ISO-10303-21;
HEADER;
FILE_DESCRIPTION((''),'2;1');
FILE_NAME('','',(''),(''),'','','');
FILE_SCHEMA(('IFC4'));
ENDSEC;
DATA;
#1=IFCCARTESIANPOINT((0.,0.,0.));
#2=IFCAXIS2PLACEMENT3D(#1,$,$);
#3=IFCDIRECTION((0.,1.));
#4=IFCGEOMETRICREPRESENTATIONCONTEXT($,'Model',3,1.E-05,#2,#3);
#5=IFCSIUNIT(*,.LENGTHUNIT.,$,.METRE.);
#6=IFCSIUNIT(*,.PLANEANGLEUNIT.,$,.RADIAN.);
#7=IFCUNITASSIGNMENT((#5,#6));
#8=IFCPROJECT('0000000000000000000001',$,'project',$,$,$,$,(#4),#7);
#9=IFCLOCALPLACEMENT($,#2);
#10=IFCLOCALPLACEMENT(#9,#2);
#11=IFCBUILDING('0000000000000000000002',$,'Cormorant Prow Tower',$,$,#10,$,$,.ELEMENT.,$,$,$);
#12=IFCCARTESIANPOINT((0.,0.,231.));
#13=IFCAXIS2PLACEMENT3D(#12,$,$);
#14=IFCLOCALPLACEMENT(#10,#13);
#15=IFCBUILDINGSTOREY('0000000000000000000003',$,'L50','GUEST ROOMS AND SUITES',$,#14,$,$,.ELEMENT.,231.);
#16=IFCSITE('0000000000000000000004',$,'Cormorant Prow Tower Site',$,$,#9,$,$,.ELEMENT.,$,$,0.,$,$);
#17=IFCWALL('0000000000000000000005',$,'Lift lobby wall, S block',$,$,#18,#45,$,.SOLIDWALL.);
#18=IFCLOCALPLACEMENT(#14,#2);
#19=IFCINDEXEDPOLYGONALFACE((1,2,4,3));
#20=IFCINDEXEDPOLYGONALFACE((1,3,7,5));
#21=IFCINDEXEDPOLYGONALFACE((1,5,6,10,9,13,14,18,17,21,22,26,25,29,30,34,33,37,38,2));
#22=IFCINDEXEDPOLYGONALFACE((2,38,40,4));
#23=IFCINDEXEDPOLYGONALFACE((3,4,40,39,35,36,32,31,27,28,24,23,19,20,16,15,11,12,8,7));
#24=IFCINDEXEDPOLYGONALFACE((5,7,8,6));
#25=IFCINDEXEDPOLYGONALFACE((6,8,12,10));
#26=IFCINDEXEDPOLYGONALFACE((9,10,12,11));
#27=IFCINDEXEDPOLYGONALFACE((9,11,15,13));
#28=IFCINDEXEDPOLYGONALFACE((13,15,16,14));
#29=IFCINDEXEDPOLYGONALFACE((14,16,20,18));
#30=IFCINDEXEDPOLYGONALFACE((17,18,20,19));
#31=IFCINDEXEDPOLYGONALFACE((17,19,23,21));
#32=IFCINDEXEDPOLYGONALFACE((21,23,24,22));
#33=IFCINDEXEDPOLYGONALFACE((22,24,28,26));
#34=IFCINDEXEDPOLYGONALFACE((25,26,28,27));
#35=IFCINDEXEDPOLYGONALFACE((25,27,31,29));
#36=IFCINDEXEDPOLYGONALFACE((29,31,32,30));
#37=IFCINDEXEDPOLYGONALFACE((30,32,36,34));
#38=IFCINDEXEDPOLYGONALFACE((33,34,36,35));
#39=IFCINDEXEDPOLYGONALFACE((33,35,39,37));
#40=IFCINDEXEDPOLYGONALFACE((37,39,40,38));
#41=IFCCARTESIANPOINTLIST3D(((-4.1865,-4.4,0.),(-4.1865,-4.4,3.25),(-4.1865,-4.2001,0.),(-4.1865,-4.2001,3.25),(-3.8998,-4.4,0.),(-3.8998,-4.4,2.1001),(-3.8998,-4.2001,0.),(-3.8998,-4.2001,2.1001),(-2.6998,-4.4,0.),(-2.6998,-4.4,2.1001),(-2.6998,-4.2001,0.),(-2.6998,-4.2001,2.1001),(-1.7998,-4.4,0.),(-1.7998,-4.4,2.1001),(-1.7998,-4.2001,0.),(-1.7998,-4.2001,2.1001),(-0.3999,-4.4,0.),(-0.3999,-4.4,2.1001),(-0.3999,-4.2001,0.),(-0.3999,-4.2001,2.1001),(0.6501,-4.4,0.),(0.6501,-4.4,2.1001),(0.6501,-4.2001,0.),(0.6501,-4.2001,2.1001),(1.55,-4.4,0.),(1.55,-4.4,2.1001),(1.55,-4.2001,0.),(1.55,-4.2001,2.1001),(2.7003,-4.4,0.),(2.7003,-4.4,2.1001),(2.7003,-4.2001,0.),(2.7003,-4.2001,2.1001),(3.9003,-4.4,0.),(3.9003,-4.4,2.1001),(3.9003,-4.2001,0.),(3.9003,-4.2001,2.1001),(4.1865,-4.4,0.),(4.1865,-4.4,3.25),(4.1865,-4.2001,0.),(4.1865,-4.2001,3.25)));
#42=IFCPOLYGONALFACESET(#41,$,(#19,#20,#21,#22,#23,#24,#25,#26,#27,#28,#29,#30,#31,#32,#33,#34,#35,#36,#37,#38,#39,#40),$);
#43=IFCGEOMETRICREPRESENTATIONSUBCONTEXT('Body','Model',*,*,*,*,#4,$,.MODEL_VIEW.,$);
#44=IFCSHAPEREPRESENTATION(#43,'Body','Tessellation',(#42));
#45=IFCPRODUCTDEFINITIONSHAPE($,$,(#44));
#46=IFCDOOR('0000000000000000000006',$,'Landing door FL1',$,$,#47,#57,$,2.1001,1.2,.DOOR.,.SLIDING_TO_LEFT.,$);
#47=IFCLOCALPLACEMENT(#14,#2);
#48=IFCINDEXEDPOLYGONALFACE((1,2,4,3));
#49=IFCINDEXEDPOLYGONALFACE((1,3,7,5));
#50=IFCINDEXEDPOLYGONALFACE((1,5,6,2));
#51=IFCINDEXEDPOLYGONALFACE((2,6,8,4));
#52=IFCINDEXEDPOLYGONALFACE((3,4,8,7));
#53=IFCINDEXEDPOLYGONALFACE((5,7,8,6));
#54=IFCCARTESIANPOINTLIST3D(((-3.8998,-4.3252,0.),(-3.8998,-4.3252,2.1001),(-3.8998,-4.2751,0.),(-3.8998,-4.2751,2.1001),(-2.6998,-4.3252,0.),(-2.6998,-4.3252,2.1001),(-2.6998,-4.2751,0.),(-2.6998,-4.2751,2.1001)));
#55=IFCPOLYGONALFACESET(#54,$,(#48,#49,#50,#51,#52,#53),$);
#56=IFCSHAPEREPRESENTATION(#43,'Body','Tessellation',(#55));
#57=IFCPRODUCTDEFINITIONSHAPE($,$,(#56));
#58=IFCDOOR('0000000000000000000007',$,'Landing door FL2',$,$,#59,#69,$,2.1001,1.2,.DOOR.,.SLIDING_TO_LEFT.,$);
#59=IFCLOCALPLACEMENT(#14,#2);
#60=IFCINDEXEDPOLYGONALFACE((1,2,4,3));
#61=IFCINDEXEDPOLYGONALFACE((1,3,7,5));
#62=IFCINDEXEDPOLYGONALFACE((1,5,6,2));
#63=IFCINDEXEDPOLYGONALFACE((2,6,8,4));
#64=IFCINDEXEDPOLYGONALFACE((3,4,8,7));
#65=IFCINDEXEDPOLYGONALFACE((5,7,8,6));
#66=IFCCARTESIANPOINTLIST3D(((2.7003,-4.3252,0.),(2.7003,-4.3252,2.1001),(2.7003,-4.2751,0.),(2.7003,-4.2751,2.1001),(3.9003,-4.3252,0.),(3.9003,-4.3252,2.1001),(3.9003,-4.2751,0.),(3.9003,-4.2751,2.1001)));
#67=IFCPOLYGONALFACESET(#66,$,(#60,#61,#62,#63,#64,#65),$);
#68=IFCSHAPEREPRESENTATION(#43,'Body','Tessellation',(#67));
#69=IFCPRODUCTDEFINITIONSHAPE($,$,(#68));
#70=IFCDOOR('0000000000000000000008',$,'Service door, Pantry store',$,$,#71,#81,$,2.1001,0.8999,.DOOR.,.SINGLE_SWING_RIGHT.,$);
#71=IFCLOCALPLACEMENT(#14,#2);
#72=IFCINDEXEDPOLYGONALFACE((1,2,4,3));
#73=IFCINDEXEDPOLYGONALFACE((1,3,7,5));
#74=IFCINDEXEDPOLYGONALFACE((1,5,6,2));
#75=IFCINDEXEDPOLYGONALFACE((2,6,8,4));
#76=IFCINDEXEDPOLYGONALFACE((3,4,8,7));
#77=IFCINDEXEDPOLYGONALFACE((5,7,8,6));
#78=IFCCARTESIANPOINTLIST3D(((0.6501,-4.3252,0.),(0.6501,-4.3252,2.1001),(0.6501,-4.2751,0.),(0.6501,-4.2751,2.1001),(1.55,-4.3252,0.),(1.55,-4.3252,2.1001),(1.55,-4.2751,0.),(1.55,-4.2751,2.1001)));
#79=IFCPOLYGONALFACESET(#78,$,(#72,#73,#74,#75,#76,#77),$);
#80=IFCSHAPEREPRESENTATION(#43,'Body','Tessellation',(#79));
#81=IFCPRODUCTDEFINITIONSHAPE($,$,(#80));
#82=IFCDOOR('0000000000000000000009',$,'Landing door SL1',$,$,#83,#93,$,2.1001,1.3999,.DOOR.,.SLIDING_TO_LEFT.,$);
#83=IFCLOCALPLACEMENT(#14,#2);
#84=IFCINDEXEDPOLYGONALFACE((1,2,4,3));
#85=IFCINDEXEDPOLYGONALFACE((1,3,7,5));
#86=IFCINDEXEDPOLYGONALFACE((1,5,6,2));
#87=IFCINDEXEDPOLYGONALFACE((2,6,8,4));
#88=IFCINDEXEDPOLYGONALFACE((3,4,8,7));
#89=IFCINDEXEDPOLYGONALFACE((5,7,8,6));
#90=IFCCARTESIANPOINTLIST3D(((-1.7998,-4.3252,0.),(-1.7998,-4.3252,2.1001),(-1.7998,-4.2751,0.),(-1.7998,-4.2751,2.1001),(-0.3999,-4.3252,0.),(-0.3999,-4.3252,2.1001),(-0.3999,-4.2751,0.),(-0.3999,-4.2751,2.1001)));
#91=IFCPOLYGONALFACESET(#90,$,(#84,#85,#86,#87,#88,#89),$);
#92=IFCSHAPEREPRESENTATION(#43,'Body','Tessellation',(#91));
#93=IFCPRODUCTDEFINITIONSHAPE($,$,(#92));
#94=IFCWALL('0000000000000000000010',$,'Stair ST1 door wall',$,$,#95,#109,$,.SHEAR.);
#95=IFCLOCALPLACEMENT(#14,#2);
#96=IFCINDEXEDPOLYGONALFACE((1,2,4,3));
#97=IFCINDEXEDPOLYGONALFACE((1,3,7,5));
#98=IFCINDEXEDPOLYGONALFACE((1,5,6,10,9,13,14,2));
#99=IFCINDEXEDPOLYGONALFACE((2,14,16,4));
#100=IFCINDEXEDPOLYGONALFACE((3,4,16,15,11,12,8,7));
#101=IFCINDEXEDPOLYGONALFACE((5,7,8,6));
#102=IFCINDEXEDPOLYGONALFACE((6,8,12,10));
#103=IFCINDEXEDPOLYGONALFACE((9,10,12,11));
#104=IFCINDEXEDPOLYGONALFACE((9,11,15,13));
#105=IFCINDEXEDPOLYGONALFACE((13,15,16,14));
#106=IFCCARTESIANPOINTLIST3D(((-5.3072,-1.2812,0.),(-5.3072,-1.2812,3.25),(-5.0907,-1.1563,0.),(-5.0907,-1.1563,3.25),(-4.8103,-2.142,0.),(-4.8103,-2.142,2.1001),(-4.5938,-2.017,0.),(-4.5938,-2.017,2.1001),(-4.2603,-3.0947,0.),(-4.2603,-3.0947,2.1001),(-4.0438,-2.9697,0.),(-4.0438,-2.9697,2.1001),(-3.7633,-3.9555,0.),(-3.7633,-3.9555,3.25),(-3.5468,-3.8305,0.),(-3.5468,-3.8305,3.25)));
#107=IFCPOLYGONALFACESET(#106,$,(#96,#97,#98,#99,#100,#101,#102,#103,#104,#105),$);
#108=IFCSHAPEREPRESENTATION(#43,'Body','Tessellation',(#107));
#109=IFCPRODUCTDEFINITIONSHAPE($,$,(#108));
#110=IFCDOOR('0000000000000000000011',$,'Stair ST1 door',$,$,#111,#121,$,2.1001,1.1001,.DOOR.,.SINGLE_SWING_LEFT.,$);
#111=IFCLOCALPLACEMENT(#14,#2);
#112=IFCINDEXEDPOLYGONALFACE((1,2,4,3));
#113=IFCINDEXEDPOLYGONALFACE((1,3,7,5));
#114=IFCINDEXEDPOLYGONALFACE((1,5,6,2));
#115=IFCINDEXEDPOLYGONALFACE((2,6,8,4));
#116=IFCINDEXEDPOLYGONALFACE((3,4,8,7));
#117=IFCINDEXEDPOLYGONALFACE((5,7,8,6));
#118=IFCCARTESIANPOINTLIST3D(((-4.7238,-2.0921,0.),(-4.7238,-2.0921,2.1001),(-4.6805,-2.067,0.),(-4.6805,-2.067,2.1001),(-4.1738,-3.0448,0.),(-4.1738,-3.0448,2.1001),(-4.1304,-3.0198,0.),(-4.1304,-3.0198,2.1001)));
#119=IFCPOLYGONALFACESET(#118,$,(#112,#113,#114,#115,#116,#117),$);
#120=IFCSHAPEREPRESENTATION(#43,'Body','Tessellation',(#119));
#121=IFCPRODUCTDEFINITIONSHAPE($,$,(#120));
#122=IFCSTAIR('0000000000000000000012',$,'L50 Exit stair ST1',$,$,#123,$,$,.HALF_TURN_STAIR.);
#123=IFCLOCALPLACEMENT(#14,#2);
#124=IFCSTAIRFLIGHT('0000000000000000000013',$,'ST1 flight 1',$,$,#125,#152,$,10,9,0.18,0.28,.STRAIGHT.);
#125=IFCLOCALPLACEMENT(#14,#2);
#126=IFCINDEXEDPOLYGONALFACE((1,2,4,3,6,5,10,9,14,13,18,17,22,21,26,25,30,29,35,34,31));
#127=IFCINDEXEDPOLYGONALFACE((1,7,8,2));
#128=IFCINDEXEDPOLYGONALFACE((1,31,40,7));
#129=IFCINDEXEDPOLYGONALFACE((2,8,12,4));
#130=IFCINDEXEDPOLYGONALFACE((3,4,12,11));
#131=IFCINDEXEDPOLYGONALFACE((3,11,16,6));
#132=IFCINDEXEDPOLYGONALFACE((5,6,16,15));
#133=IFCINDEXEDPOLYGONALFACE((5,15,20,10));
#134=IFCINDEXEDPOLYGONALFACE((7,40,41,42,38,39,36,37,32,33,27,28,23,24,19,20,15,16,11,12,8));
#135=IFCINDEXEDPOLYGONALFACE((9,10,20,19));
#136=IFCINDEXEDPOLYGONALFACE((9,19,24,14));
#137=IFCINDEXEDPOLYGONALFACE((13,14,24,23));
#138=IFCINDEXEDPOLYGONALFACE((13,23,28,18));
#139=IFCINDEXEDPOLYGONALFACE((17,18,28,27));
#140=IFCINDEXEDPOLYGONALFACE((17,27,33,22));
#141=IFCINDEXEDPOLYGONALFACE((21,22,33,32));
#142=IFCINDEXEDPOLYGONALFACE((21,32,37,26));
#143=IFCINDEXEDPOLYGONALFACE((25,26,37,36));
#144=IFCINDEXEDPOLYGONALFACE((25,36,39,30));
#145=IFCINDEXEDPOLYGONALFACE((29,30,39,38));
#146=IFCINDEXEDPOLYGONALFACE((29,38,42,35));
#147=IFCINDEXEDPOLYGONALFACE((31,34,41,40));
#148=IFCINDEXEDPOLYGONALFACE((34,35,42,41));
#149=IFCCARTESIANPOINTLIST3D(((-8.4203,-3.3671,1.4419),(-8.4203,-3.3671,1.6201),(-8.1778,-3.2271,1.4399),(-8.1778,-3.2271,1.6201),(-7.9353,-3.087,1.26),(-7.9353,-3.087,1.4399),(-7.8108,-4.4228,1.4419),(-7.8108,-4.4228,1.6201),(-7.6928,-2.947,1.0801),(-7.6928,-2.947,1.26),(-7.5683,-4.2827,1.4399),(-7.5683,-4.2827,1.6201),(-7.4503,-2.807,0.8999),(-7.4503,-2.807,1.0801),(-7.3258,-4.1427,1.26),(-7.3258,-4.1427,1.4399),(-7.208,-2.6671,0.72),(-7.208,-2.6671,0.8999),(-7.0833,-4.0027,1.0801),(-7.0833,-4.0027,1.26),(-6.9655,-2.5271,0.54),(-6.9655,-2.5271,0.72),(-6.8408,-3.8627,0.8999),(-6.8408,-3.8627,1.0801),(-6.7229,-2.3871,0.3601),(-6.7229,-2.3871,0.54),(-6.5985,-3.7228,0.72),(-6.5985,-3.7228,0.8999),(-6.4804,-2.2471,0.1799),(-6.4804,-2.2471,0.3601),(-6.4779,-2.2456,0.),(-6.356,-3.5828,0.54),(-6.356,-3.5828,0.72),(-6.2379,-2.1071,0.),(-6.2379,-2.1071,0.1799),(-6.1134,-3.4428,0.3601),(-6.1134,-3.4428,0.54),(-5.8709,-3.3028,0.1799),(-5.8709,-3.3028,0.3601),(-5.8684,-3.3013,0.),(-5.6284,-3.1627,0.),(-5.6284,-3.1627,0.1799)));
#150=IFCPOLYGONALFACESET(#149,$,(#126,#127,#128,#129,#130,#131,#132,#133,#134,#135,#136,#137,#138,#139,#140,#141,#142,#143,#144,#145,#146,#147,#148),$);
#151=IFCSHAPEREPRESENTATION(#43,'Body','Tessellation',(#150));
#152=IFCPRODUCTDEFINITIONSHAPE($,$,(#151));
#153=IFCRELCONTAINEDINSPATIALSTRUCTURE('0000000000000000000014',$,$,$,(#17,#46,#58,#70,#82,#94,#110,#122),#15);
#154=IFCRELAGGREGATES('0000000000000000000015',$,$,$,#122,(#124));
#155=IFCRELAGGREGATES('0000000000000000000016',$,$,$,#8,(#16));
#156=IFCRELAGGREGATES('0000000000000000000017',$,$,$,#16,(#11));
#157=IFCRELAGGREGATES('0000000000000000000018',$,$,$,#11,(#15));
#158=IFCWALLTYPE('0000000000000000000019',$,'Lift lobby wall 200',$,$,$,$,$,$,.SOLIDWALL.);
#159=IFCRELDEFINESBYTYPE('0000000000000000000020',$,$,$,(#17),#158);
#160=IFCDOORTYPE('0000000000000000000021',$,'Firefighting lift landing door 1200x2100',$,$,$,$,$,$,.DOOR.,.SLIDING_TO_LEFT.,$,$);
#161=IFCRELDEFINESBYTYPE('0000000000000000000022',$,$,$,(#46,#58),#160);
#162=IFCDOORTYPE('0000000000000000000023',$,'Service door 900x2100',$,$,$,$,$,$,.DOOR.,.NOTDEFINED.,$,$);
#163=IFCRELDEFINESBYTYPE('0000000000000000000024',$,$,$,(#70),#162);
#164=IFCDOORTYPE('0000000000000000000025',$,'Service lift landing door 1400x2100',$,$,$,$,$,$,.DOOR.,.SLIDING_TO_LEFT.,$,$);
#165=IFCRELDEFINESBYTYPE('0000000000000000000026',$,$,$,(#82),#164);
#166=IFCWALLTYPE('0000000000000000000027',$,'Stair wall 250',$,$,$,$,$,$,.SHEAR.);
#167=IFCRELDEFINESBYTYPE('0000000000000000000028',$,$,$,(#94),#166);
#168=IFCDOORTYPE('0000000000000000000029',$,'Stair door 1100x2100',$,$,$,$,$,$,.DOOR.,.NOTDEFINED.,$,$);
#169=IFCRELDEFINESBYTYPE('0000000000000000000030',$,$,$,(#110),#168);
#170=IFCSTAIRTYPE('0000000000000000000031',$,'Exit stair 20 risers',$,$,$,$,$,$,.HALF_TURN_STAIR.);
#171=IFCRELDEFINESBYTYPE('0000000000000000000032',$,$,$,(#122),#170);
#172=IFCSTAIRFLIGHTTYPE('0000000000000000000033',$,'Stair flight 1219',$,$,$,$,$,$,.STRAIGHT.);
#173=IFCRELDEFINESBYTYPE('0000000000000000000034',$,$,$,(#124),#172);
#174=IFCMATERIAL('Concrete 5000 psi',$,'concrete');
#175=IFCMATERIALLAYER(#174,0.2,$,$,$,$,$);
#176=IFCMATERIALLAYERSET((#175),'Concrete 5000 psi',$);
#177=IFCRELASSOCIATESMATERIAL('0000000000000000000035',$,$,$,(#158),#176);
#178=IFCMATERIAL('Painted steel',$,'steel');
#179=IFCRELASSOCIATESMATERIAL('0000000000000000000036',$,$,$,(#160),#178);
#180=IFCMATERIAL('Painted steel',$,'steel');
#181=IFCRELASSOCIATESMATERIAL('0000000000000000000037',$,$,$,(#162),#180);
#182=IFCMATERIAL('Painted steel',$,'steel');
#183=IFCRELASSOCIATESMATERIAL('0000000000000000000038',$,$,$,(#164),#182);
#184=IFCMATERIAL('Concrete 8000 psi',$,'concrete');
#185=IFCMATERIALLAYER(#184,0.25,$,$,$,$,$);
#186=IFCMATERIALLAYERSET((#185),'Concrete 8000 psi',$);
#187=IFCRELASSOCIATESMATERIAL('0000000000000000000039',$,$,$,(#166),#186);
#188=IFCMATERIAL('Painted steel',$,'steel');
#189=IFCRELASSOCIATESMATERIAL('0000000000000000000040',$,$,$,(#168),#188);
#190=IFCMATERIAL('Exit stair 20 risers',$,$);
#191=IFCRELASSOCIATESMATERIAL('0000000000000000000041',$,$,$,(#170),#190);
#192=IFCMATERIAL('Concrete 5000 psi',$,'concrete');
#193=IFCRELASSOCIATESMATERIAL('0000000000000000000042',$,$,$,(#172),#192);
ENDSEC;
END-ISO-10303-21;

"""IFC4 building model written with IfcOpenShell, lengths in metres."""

from ifc_helpers import new_model, si_unit, direction, frame, frame_2d, origin, place, context, subcontext, project, spatial, polyline, rectangle, outline, extrude, material, layer, layer_set, type_object, element, fill, aggregate, save


model = new_model("IFC4")

# Units and contexts
model_context = context("Model", 3, precision=1e-05, world=origin(), true_north=direction((0.0, 1.0)))
body_context = subcontext(model_context, "Body", "Model", "MODEL_VIEW")
ifc_project = project(units=[si_unit("LENGTHUNIT", "METRE"), si_unit("PLANEANGLEUNIT", "RADIAN")], contexts=[model_context])

# Site, building, storey
site_placement = place(None, origin())
site = spatial("IfcSite", under=ifc_project, at=site_placement, Name="Cormorant Prow Tower Site", CompositionType="ELEMENT", RefElevation=0.0)
building_placement = place(site_placement, origin())
building = spatial("IfcBuilding", under=site, at=building_placement, Name="Cormorant Prow Tower", CompositionType="ELEMENT")
storey_placement = place(building_placement, frame((0.0, 0.0, 231.0)))
storey = spatial("IfcBuildingStorey", under=building, at=storey_placement, Name="L50", Description="GUEST ROOMS AND SUITES", CompositionType="ELEMENT", Elevation=231.0)

# Wall, openings, doors
ifc_material_1 = material(Name="Concrete 5000 psi", Category="concrete")
ifc_layer_1 = layer(ifc_material_1, 0.2)
ifc_layer_set_1 = layer_set([ifc_layer_1], Name="Concrete 5000 psi")
wall_type_1 = type_object("IfcWallType", Name="Lift lobby wall 200", PredefinedType="SOLIDWALL", material=ifc_layer_set_1)
wall_1_placement = place(storey_placement, frame((-4.1865, -4.3, 0.0), z_axis=(0.0, 0.0, 1.0), x_axis=(1.0, 0.0, 0.0)))
wall_1 = element("IfcWall", 1, at=wall_1_placement, inside=storey, type_object=wall_type_1, Name="Lift lobby wall, S block", PredefinedType="SOLIDWALL", context=body_context, shape_type="SweptSolid", body=[
    extrude(rectangle(XDim=8.373, YDim=0.2, at=frame_2d((4.1865, 0.0))), origin(), (0.0, 0.0, 1.0), 3.25),
])
opening_1_placement = place(wall_1_placement, frame((0.2866, 0.0, 0.0)))
opening_1 = element("IfcOpeningElement", 2, at=opening_1_placement, cuts=wall_1, PredefinedType="OPENING", context=body_context, shape_type="SweptSolid", body=[
    extrude(rectangle(XDim=1.2, YDim=2.1001, at=frame_2d((0.6001, 1.05))), frame((0.0, 0.1099, 0.0), z_axis=(0.0, -1.0, 0.0), x_axis=(1.0, 0.0, 0.0)), (0.0, 0.0, 1.0), 0.22),
])
opening_2_placement = place(wall_1_placement, frame((2.3867, 0.0, 0.0)))
opening_2 = element("IfcOpeningElement", 3, at=opening_2_placement, cuts=wall_1, PredefinedType="OPENING", context=body_context, shape_type="SweptSolid", body=[
    extrude(rectangle(XDim=1.3999, YDim=2.1001, at=frame_2d((0.7, 1.05))), frame((0.0, 0.1099, 0.0), z_axis=(0.0, -1.0, 0.0), x_axis=(1.0, 0.0, 0.0)), (0.0, 0.0, 1.0), 0.22),
])
opening_3_placement = place(wall_1_placement, frame((4.8367, 0.0, 0.0)))
opening_3 = element("IfcOpeningElement", 4, at=opening_3_placement, cuts=wall_1, PredefinedType="OPENING", context=body_context, shape_type="SweptSolid", body=[
    extrude(rectangle(XDim=0.8999, YDim=2.1001, at=frame_2d((0.45, 1.05))), frame((0.0, 0.1099, 0.0), z_axis=(0.0, -1.0, 0.0), x_axis=(1.0, 0.0, 0.0)), (0.0, 0.0, 1.0), 0.22),
])
opening_4_placement = place(wall_1_placement, frame((6.8867, 0.0, 0.0)))
opening_4 = element("IfcOpeningElement", 5, at=opening_4_placement, cuts=wall_1, PredefinedType="OPENING", context=body_context, shape_type="SweptSolid", body=[
    extrude(rectangle(XDim=1.2, YDim=2.1001, at=frame_2d((0.6001, 1.05))), frame((0.0, 0.1099, 0.0), z_axis=(0.0, -1.0, 0.0), x_axis=(1.0, 0.0, 0.0)), (0.0, 0.0, 1.0), 0.22),
])
ifc_material_2 = material(Name="Painted steel", Category="steel")
door_type_1 = type_object("IfcDoorType", Name="Firefighting lift landing door 1200x2100", OperationType="SLIDING_TO_LEFT", PredefinedType="DOOR", material=ifc_material_2)
door_1_placement = place(opening_1_placement, origin())
door_1 = element("IfcDoor", 6, at=door_1_placement, inside=storey, type_object=door_type_1, Name="Landing door FL1", OperationType="SLIDING_TO_LEFT", OverallHeight=2.1001, OverallWidth=1.2, PredefinedType="DOOR", context=body_context, shape_type="SweptSolid", body=[
    extrude(rectangle(XDim=1.2, YDim=2.1001, at=frame_2d((0.6001, 1.05))), frame((0.0, 0.0249, 0.0), z_axis=(0.0, -1.0, 0.0), x_axis=(1.0, 0.0, 0.0)), (0.0, 0.0, 1.0), 0.05),
])
fill(opening_1, door_1)
door_2_placement = place(opening_4_placement, origin())
door_2 = element("IfcDoor", 7, at=door_2_placement, inside=storey, type_object=door_type_1, Name="Landing door FL2", OperationType="SLIDING_TO_LEFT", OverallHeight=2.1001, OverallWidth=1.2, PredefinedType="DOOR", context=body_context, shape_type="SweptSolid", body=[
    extrude(rectangle(XDim=1.2, YDim=2.1001, at=frame_2d((0.6001, 1.05))), frame((0.0, 0.0249, 0.0), z_axis=(0.0, -1.0, 0.0), x_axis=(1.0, 0.0, 0.0)), (0.0, 0.0, 1.0), 0.05),
])
fill(opening_4, door_2)
ifc_material_3 = material(Name="Painted steel", Category="steel")
door_type_2 = type_object("IfcDoorType", Name="Service door 900x2100", OperationType="NOTDEFINED", PredefinedType="DOOR", material=ifc_material_3)
door_3_placement = place(opening_3_placement, origin())
door_3 = element("IfcDoor", 8, at=door_3_placement, inside=storey, type_object=door_type_2, Name="Service door, Pantry store", OperationType="SINGLE_SWING_RIGHT", OverallHeight=2.1001, OverallWidth=0.8999, PredefinedType="DOOR", context=body_context, shape_type="SweptSolid", body=[
    extrude(rectangle(XDim=0.8999, YDim=2.1001, at=frame_2d((0.45, 1.05))), frame((0.0, 0.0249, 0.0), z_axis=(0.0, -1.0, 0.0), x_axis=(1.0, 0.0, 0.0)), (0.0, 0.0, 1.0), 0.05),
])
fill(opening_3, door_3)
ifc_material_4 = material(Name="Painted steel", Category="steel")
door_type_3 = type_object("IfcDoorType", Name="Service lift landing door 1400x2100", OperationType="SLIDING_TO_LEFT", PredefinedType="DOOR", material=ifc_material_4)
door_4_placement = place(opening_2_placement, origin())
door_4 = element("IfcDoor", 9, at=door_4_placement, inside=storey, type_object=door_type_3, Name="Landing door SL1", OperationType="SLIDING_TO_LEFT", OverallHeight=2.1001, OverallWidth=1.3999, PredefinedType="DOOR", context=body_context, shape_type="SweptSolid", body=[
    extrude(rectangle(XDim=1.3999, YDim=2.1001, at=frame_2d((0.7, 1.05))), frame((0.0, 0.0249, 0.0), z_axis=(0.0, -1.0, 0.0), x_axis=(1.0, 0.0, 0.0)), (0.0, 0.0, 1.0), 0.05),
])
fill(opening_2, door_4)

# Wall, opening, door
ifc_material_5 = material(Name="Concrete 8000 psi", Category="concrete")
ifc_layer_2 = layer(ifc_material_5, 0.25)
ifc_layer_set_2 = layer_set([ifc_layer_2], Name="Concrete 8000 psi")
wall_type_2 = type_object("IfcWallType", Name="Stair wall 250", PredefinedType="SHEAR", material=ifc_layer_set_2)
wall_2_placement = place(storey_placement, frame((-5.199, -1.2188, 0.0), z_axis=(0.0, 0.0, 1.0), x_axis=(0.499983, -0.866035, 0.0)))
wall_2 = element("IfcWall", 10, at=wall_2_placement, inside=storey, type_object=wall_type_2, Name="Stair ST1 door wall", PredefinedType="SHEAR", context=body_context, shape_type="SweptSolid", body=[
    extrude(rectangle(XDim=3.0879, YDim=0.25, at=frame_2d((1.5439, 0.0))), origin(), (0.0, 0.0, 1.0), 3.25),
])
opening_5_placement = place(wall_2_placement, frame((0.9939, 0.0, 0.0)))
opening_5 = element("IfcOpeningElement", 11, at=opening_5_placement, cuts=wall_2, PredefinedType="OPENING", context=body_context, shape_type="SweptSolid", body=[
    extrude(rectangle(XDim=1.1001, YDim=2.1001, at=frame_2d((0.55, 1.05))), frame((0.0, 0.135, 0.0), z_axis=(0.0, -1.0, 0.0), x_axis=(1.0, 0.0, 0.0)), (0.0, 0.0, 1.0), 0.27),
])
ifc_material_6 = material(Name="Painted steel", Category="steel")
door_type_4 = type_object("IfcDoorType", Name="Stair door 1100x2100", OperationType="NOTDEFINED", PredefinedType="DOOR", material=ifc_material_6)
door_5_placement = place(opening_5_placement, origin())
door_5 = element("IfcDoor", 12, at=door_5_placement, inside=storey, type_object=door_type_4, Name="Stair ST1 door", OperationType="SINGLE_SWING_LEFT", OverallHeight=2.1001, OverallWidth=1.1001, PredefinedType="DOOR", context=body_context, shape_type="SweptSolid", body=[
    extrude(rectangle(XDim=1.1001, YDim=2.1001, at=frame_2d((0.55, 1.05))), frame((0.0, 0.0249, 0.0), z_axis=(0.0, -1.0, 0.0), x_axis=(1.0, 0.0, 0.0)), (0.0, 0.0, 1.0), 0.05),
])
fill(opening_5, door_5)

# Stair, stair flight
ifc_material_7 = material(Name="Exit stair 20 risers")
stair_type = type_object("IfcStairType", Name="Exit stair 20 risers", PredefinedType="HALF_TURN_STAIR", material=ifc_material_7)
stair_placement = place(storey_placement, origin())
stair = element("IfcStair", 13, at=stair_placement, inside=storey, type_object=stair_type, Name="L50 Exit stair ST1", PredefinedType="HALF_TURN_STAIR")
ifc_material_8 = material(Name="Concrete 5000 psi", Category="concrete")
stair_flight_type = type_object("IfcStairFlightType", Name="Stair flight 1219", PredefinedType="STRAIGHT", material=ifc_material_8)
stair_flight_1_placement = place(storey_placement, frame((-5.9331, -2.635, 0.0), z_axis=(0.0, 0.0, 1.0), x_axis=(-0.866025, -0.5, 0.0)))
stair_flight_1 = element("IfcStairFlight", 14, at=stair_flight_1_placement, type_object=stair_flight_type, Name="ST1 flight 1", NumberOfRisers=10, NumberOfTreads=9, PredefinedType="STRAIGHT", RiserHeight=0.18, TreadLength=0.28, context=body_context, shape_type="SweptSolid", body=[
    extrude(outline(polyline([(0.0, 0.0), (0.0, 0.1799), (0.28, 0.1799), (0.28, 0.3601), (0.5601, 0.3601), (0.5601, 0.54), (0.8401, 0.54), (0.8401, 0.72), (1.1201, 0.72), (1.1201, 0.8999), (1.3999, 0.8999), (1.3999, 1.0801), (1.6799, 1.0801), (1.6799, 1.26), (1.96, 1.26), (1.96, 1.4399), (2.24, 1.4399), (2.24, 1.6201), (2.52, 1.6201), (2.52, 1.8), (2.52, 1.4419), (0.2771, 0.0), (0.0, 0.0)])), frame((0.0, 0.6094, 0.0), z_axis=(0.0, -1.0, 0.0), x_axis=(1.0, 0.0, 0.0)), (0.0, 0.0, 1.0), 1.219),
])
aggregate(stair, [stair_flight_1])

save(model, "model.ifc")
